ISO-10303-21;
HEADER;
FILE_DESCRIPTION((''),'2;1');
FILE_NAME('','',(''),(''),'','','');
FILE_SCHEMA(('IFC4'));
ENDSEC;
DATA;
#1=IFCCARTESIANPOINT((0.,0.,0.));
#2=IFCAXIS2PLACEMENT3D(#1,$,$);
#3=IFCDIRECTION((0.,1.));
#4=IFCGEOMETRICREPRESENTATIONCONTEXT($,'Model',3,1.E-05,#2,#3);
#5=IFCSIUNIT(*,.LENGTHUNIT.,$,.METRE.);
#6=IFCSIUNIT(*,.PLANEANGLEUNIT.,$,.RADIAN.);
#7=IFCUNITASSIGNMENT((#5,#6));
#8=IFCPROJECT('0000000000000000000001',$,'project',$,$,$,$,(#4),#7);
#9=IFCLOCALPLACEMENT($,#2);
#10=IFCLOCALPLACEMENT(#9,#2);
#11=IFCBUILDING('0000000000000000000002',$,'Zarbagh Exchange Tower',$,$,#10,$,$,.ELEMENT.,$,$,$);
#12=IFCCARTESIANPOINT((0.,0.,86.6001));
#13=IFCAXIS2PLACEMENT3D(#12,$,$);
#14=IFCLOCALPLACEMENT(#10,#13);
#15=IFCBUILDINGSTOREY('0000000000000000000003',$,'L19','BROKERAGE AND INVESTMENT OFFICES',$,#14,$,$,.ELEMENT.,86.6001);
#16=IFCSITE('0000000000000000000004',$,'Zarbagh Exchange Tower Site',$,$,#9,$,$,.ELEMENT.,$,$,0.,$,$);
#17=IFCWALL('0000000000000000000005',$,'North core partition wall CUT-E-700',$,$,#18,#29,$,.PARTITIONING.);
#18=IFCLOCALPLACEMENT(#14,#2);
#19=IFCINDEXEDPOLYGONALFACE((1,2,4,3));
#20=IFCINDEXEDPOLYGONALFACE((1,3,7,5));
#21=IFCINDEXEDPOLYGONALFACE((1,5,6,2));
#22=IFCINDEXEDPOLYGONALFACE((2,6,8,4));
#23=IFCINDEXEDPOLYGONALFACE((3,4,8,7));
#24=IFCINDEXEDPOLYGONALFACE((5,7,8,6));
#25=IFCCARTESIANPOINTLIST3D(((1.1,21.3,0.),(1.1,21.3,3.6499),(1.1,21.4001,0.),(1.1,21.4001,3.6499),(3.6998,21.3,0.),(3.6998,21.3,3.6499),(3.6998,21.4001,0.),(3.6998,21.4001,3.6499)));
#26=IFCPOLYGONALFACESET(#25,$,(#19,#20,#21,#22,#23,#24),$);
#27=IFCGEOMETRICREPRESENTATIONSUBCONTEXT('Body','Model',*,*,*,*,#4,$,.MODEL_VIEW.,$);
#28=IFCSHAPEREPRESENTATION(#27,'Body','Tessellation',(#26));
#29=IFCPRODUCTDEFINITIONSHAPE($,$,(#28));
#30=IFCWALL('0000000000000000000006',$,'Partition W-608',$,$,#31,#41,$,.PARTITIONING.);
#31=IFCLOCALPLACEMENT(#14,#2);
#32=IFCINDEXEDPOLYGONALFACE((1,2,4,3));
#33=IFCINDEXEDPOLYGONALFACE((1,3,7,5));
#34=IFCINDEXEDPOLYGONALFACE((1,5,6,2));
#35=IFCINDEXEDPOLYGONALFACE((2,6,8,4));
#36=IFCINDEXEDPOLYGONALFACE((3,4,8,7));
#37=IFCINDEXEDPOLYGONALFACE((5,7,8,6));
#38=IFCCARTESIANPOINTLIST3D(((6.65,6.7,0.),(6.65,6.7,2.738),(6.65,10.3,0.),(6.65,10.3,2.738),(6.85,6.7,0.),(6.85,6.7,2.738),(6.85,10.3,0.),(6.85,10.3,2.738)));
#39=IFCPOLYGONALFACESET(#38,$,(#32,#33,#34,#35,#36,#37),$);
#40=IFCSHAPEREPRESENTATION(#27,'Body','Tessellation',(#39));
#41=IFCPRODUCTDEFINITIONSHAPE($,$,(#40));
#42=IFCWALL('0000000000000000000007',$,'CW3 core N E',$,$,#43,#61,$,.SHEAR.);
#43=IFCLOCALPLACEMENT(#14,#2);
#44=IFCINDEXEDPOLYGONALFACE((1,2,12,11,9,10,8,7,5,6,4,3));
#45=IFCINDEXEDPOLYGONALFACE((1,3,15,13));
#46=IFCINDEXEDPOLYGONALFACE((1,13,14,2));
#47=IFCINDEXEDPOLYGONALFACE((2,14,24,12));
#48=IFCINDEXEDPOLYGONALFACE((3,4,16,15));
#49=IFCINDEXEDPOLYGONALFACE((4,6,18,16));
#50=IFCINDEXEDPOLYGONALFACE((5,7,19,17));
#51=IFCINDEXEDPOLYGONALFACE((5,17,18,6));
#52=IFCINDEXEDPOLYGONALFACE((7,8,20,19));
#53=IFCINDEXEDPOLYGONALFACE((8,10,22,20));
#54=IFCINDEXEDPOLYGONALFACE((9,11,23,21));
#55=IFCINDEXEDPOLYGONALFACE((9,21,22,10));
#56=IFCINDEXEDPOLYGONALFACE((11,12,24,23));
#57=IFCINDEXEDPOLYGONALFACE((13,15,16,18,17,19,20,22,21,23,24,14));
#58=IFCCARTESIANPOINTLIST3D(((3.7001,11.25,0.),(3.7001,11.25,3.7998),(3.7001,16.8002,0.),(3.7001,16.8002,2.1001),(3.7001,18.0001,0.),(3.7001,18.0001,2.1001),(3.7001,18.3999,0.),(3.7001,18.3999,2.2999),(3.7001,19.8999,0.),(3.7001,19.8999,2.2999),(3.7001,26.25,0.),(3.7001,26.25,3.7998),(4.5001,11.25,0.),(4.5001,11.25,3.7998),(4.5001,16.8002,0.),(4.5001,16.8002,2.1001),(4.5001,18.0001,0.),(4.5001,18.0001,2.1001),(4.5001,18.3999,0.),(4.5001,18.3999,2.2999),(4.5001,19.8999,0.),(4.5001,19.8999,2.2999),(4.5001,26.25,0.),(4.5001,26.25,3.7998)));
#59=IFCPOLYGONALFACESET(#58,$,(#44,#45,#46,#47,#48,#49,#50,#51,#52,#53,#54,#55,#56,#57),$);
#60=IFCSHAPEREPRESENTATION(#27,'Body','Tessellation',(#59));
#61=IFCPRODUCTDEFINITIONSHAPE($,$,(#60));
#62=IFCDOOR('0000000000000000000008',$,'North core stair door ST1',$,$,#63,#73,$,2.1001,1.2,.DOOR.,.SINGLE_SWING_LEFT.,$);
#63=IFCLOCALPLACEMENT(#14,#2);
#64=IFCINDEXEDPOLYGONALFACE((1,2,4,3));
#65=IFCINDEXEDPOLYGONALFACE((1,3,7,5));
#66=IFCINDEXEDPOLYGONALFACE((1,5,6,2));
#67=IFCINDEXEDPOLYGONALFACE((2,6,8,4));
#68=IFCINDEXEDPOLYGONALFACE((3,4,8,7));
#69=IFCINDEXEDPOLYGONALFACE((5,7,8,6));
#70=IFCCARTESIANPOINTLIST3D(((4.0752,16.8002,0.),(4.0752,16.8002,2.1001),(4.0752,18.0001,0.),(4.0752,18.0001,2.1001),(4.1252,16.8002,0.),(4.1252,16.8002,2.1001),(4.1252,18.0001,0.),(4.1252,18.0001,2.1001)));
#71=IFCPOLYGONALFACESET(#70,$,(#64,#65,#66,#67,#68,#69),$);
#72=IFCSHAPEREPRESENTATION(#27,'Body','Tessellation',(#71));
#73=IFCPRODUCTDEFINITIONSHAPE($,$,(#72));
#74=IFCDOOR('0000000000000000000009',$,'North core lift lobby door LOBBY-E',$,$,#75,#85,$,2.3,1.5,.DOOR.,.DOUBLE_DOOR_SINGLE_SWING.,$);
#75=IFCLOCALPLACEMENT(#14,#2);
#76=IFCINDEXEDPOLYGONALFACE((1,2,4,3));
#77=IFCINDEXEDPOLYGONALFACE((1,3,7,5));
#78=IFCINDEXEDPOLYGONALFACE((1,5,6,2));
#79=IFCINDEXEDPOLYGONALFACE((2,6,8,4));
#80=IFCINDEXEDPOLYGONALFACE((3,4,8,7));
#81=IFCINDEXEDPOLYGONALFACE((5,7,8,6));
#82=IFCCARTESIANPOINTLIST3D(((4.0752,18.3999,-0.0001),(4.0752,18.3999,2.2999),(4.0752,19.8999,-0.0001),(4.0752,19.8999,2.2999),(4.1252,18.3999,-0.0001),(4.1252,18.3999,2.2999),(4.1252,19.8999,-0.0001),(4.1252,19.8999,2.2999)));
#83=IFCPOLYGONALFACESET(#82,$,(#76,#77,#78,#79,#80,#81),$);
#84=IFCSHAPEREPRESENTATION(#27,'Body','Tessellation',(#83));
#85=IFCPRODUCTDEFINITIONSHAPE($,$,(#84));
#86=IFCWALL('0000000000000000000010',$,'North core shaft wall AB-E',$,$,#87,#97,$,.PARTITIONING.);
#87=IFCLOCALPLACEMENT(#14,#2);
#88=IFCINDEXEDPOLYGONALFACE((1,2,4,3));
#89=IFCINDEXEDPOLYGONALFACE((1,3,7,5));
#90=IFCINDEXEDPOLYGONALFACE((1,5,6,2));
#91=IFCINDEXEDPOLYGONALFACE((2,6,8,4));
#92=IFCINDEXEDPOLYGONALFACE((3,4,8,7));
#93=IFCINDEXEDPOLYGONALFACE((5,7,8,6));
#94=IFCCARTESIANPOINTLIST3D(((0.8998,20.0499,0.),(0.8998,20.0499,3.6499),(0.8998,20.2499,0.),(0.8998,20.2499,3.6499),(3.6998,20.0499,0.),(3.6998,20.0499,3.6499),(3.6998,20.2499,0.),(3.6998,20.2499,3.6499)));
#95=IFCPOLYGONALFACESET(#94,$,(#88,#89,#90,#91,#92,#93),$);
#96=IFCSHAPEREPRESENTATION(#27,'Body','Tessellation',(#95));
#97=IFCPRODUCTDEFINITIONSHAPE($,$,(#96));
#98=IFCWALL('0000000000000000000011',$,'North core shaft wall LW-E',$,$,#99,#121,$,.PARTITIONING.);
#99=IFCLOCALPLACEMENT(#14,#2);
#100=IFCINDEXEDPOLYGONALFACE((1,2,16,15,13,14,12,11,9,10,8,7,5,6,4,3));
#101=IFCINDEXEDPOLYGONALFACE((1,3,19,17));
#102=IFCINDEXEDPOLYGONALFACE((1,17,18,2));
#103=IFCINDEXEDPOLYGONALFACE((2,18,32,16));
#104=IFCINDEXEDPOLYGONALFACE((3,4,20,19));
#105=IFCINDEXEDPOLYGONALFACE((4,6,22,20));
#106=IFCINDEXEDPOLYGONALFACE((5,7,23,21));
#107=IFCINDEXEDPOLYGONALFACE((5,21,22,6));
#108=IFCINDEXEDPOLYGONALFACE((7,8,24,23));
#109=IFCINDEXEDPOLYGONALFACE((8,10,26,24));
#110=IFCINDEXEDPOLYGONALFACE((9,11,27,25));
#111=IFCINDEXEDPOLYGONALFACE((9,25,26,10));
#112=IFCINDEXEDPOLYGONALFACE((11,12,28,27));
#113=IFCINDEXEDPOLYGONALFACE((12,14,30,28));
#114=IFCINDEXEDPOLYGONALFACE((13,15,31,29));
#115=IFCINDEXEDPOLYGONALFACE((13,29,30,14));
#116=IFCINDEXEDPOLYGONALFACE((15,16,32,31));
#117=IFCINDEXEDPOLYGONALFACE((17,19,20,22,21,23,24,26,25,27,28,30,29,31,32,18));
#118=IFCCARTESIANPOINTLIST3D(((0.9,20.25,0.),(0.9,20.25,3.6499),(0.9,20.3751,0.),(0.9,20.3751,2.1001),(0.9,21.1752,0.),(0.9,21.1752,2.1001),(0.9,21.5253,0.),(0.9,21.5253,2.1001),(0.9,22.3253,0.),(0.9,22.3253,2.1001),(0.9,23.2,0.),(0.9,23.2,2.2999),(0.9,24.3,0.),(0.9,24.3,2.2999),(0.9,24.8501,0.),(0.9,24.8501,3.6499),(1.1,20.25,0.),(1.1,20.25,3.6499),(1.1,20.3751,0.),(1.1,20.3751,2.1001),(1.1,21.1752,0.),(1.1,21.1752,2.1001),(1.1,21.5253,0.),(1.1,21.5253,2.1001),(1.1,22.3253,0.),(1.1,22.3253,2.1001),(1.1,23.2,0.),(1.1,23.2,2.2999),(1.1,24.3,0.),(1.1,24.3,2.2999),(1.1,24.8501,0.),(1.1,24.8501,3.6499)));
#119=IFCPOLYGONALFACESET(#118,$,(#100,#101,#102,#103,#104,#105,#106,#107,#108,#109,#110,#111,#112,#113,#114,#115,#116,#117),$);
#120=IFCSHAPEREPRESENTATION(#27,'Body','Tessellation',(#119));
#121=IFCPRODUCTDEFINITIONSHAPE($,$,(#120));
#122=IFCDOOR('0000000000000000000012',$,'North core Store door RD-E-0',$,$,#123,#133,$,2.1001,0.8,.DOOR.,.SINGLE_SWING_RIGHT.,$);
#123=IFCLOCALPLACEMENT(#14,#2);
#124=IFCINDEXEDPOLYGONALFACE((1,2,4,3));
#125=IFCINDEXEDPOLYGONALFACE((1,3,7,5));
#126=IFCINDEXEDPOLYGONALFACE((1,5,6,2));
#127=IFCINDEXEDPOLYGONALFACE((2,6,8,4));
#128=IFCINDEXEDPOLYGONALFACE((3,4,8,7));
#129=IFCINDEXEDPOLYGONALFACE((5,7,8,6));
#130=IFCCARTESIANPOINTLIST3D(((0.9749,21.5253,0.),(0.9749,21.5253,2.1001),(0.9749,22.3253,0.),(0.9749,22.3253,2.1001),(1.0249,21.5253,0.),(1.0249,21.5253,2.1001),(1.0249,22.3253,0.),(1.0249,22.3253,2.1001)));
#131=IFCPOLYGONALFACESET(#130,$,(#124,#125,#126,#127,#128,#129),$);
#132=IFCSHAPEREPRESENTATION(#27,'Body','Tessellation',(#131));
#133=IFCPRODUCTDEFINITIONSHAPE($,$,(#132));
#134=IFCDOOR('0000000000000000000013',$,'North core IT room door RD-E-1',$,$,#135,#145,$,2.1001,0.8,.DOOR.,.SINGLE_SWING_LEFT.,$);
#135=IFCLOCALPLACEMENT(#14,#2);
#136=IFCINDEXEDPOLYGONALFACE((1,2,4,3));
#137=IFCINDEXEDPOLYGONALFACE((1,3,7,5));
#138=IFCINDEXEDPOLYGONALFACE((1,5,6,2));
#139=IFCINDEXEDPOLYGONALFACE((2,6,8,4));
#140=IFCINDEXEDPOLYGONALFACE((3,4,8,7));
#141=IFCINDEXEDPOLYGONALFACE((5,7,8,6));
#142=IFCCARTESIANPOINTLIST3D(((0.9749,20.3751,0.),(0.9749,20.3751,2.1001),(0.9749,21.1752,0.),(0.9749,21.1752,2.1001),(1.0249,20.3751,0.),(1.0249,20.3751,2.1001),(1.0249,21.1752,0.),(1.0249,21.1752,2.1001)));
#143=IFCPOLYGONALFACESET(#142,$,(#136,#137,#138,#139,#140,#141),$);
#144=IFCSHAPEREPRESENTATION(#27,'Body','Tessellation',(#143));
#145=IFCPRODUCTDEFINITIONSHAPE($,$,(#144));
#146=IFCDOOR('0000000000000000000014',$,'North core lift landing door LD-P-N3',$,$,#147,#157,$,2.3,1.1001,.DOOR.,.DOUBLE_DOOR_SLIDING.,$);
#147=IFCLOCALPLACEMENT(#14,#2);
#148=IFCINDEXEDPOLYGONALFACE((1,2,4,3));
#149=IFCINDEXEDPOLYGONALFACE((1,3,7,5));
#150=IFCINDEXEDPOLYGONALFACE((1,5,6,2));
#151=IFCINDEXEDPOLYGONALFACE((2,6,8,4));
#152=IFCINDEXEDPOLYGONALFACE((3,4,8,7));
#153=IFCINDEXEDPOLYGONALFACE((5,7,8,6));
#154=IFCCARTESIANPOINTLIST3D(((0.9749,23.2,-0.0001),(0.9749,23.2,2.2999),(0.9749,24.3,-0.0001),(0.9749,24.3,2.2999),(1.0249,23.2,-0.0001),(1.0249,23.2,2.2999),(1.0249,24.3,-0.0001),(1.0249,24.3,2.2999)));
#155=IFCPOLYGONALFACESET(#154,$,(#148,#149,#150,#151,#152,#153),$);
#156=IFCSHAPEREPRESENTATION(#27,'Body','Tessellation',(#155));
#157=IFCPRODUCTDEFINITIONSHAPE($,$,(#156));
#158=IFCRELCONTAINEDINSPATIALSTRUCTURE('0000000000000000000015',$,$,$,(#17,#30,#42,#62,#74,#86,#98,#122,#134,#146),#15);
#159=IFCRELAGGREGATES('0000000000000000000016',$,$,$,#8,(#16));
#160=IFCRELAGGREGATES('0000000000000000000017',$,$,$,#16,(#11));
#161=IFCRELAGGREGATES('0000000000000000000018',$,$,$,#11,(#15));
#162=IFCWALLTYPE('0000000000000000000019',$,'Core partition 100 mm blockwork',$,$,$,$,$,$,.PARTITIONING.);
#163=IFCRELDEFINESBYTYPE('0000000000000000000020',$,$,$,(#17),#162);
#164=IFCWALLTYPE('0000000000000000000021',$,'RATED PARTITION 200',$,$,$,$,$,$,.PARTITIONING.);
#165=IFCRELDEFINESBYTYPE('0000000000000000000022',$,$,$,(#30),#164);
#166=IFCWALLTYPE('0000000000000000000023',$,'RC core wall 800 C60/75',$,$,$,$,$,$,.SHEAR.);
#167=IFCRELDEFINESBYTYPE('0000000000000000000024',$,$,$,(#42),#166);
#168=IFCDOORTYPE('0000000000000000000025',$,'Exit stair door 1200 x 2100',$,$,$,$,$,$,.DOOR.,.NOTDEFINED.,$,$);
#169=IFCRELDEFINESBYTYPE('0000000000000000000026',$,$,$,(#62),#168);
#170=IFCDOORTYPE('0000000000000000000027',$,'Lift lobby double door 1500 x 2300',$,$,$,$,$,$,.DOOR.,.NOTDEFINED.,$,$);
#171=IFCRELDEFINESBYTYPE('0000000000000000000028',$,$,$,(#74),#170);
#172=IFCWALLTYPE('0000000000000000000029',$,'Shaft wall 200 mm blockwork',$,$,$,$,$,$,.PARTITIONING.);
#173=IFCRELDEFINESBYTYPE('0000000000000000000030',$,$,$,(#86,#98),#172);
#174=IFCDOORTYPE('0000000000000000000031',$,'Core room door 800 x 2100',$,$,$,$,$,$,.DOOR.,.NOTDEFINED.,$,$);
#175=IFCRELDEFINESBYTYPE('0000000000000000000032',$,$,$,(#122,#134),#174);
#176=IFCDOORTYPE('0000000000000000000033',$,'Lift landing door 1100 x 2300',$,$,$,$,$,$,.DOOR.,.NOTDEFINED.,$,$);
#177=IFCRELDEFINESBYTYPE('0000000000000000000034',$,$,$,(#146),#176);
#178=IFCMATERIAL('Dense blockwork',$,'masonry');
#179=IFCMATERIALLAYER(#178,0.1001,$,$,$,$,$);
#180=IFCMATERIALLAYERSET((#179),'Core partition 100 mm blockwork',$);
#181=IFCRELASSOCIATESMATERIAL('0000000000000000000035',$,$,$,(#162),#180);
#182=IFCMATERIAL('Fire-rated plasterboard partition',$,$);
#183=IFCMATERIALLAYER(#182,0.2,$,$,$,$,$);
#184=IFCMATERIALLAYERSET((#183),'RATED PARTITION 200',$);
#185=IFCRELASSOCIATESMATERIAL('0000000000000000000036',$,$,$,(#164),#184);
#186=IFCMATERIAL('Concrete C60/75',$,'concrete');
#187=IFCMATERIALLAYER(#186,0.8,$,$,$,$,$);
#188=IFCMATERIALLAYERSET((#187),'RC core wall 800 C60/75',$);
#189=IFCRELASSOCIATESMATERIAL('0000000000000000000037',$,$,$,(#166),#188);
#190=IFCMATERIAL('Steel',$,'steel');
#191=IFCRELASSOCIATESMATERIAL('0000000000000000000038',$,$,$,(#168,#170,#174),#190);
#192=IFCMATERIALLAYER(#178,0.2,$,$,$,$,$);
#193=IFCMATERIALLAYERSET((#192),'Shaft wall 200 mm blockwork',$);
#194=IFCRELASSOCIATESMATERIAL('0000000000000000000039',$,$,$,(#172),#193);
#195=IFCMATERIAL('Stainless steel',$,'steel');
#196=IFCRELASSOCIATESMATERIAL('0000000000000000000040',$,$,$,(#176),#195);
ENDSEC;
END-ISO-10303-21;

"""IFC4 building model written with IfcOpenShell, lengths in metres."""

from ifc_helpers import new_model, si_unit, direction, frame, frame_2d, origin, place, context, subcontext, project, spatial, rectangle, extrude, material, layer, layer_set, type_object, element, fill, save


model = new_model("IFC4")

# Units and contexts
model_context = context("Model", 3, precision=1e-05, world=origin(), true_north=direction((0.0, 1.0)))
body_context = subcontext(model_context, "Body", "Model", "MODEL_VIEW")
ifc_project = project(units=[si_unit("LENGTHUNIT", "METRE"), si_unit("PLANEANGLEUNIT", "RADIAN")], contexts=[model_context])

# Site, building, storey
site_placement = place(None, origin())
site = spatial("IfcSite", under=ifc_project, at=site_placement, Name="Zarbagh Exchange Tower Site", CompositionType="ELEMENT", RefElevation=0.0)
building_placement = place(site_placement, origin())
building = spatial("IfcBuilding", under=site, at=building_placement, Name="Zarbagh Exchange Tower", CompositionType="ELEMENT")
storey_placement = place(building_placement, frame((0.0, 0.0, 86.6001)))
storey = spatial("IfcBuildingStorey", under=building, at=storey_placement, Name="L19", Description="BROKERAGE AND INVESTMENT OFFICES", CompositionType="ELEMENT", Elevation=86.6001)

# Shared definitions
ifc_material_1 = material(Name="Concrete C60/75", Category="concrete")

# Walls
ifc_material_2 = material(Name="Dense blockwork", Category="masonry")
ifc_layer_1 = layer(ifc_material_2, 0.1001)
ifc_layer_set_1 = layer_set([ifc_layer_1], Name="Core partition 100 mm blockwork")
wall_type_1 = type_object("IfcWallType", Name="Core partition 100 mm blockwork", PredefinedType="PARTITIONING", material=ifc_layer_set_1)
wall_1_placement = place(storey_placement, frame((1.1001, 21.3501, 0.0), z_axis=(0.0, 0.0, 1.0), x_axis=(1.0, 0.0, 0.0)))
element("IfcWall", 1, at=wall_1_placement, inside=storey, type_object=wall_type_1, Name="North core partition wall CUT-E-700", PredefinedType="PARTITIONING", context=body_context, shape_type="SweptSolid", body=[
    extrude(rectangle(XDim=2.5999, YDim=0.1001, at=frame_2d((1.2998, 0.0))), origin(), (0.0, 0.0, 1.0), 3.6499),
])
ifc_material_3 = material(Name="Fire-rated plasterboard partition")
ifc_layer_2 = layer(ifc_material_3, 0.2)
ifc_layer_set_2 = layer_set([ifc_layer_2], Name="RATED PARTITION 200")
wall_type_2 = type_object("IfcWallType", Name="RATED PARTITION 200", PredefinedType="PARTITIONING", material=ifc_layer_set_2)
wall_2_placement = place(storey_placement, frame((6.75, 6.7, 0.0), z_axis=(0.0, 0.0, 1.0), x_axis=(0.0, 1.0, 0.0)))
element("IfcWall", 2, at=wall_2_placement, inside=storey, type_object=wall_type_2, Name="Partition W-608", PredefinedType="PARTITIONING", context=body_context, shape_type="SweptSolid", body=[
    extrude(rectangle(XDim=3.6001, YDim=0.2, at=frame_2d((1.8, 0.0))), origin(), (0.0, 0.0, 1.0), 2.738),
])

# Wall, openings, doors
ifc_layer_3 = layer(ifc_material_1, 0.8)
ifc_layer_set_3 = layer_set([ifc_layer_3], Name="RC core wall 800 C60/75")
wall_type_3 = type_object("IfcWallType", Name="RC core wall 800 C60/75", PredefinedType="SHEAR", material=ifc_layer_set_3)
wall_3_placement = place(storey_placement, frame((4.1001, 11.25, 0.0), z_axis=(0.0, 0.0, 1.0), x_axis=(0.0, 1.0, 0.0)))
wall_3 = element("IfcWall", 3, at=wall_3_placement, inside=storey, type_object=wall_type_3, Name="CW3 core N E", PredefinedType="SHEAR", context=body_context, shape_type="SweptSolid", body=[
    extrude(rectangle(XDim=15.0, YDim=0.8, at=frame_2d((7.5, 0.0))), origin(), (0.0, 0.0, 1.0), 3.7998),
])
opening_1_placement = place(wall_3_placement, frame((7.1499, 0.0, 0.0)))
opening_1 = element("IfcOpeningElement", 4, at=opening_1_placement, cuts=wall_3, PredefinedType="OPENING", context=body_context, shape_type="SweptSolid", body=[
    extrude(rectangle(XDim=1.5, YDim=2.3, at=frame_2d((0.75, 1.1499))), frame((0.0, 0.4099, 0.0), z_axis=(0.0, -1.0, 0.0), x_axis=(1.0, 0.0, 0.0)), (0.0, 0.0, 1.0), 0.8201),
])
opening_2_placement = place(wall_3_placement, frame((5.55, 0.0, 0.0)))
opening_2 = element("IfcOpeningElement", 5, at=opening_2_placement, cuts=wall_3, PredefinedType="OPENING", context=body_context, shape_type="SweptSolid", body=[
    extrude(rectangle(XDim=1.2, YDim=2.1001, at=frame_2d((0.6001, 1.05))), frame((0.0, 0.4099, 0.0), z_axis=(0.0, -1.0, 0.0), x_axis=(1.0, 0.0, 0.0)), (0.0, 0.0, 1.0), 0.8201),
])
ifc_material_4 = material(Name="Steel", Category="steel")
door_type_1 = type_object("IfcDoorType", Name="Exit stair door 1200 x 2100", OperationType="NOTDEFINED", PredefinedType="DOOR", material=ifc_material_4)
door_1_placement = place(opening_2_placement, origin())
door_1 = element("IfcDoor", 6, at=door_1_placement, inside=storey, type_object=door_type_1, Name="North core stair door ST1", OperationType="SINGLE_SWING_LEFT", OverallHeight=2.1001, OverallWidth=1.2, PredefinedType="DOOR", context=body_context, shape_type="SweptSolid", body=[
    extrude(rectangle(XDim=1.2, YDim=2.1001, at=frame_2d((0.6001, 1.05))), frame((0.0, 0.0249, 0.0), z_axis=(0.0, -1.0, 0.0), x_axis=(1.0, 0.0, 0.0)), (0.0, 0.0, 1.0), 0.05),
])
fill(opening_2, door_1)
door_type_2 = type_object("IfcDoorType", Name="Lift lobby double door 1500 x 2300", OperationType="NOTDEFINED", PredefinedType="DOOR", material=ifc_material_4)
door_2_placement = place(opening_1_placement, origin())
door_2 = element("IfcDoor", 7, at=door_2_placement, inside=storey, type_object=door_type_2, Name="North core lift lobby door LOBBY-E", OperationType="DOUBLE_DOOR_SINGLE_SWING", OverallHeight=2.3, OverallWidth=1.5, PredefinedType="DOOR", context=body_context, shape_type="SweptSolid", body=[
    extrude(rectangle(XDim=1.5, YDim=2.3, at=frame_2d((0.75, 1.1499))), frame((0.0, 0.0249, 0.0), z_axis=(0.0, -1.0, 0.0), x_axis=(1.0, 0.0, 0.0)), (0.0, 0.0, 1.0), 0.05),
])
fill(opening_1, door_2)

# Wall
ifc_layer_4 = layer(ifc_material_2, 0.2)
ifc_layer_set_4 = layer_set([ifc_layer_4], Name="Shaft wall 200 mm blockwork")
wall_type_4 = type_object("IfcWallType", Name="Shaft wall 200 mm blockwork", PredefinedType="PARTITIONING", material=ifc_layer_set_4)
wall_4_placement = place(storey_placement, frame((0.8999, 20.1499, 0.0), z_axis=(0.0, 0.0, 1.0), x_axis=(1.0, 0.0, 0.0)))
element("IfcWall", 8, at=wall_4_placement, inside=storey, type_object=wall_type_4, Name="North core shaft wall AB-E", PredefinedType="PARTITIONING", context=body_context, shape_type="SweptSolid", body=[
    extrude(rectangle(XDim=2.8, YDim=0.2, at=frame_2d((1.3999, 0.0))), origin(), (0.0, 0.0, 1.0), 3.6499),
])

# Wall, openings, doors
wall_5_placement = place(storey_placement, frame((1.0, 24.8501, 0.0), z_axis=(0.0, 0.0, 1.0), x_axis=(0.0, -1.0, 0.0)))
wall_5 = element("IfcWall", 9, at=wall_5_placement, inside=storey, type_object=wall_type_4, Name="North core shaft wall LW-E", PredefinedType="PARTITIONING", context=body_context, shape_type="SweptSolid", body=[
    extrude(rectangle(XDim=4.6001, YDim=0.2, at=frame_2d((2.3, 0.0))), origin(), (0.0, 0.0, 1.0), 3.6499),
])
opening_3_placement = place(wall_5_placement, frame((0.55, 0.0, 0.0)))
opening_3 = element("IfcOpeningElement", 10, at=opening_3_placement, cuts=wall_5, PredefinedType="OPENING", context=body_context, shape_type="SweptSolid", body=[
    extrude(rectangle(XDim=1.1001, YDim=2.3, at=frame_2d((0.55, 1.1499))), frame((0.0, 0.1099, 0.0), z_axis=(0.0, -1.0, 0.0), x_axis=(1.0, 0.0, 0.0)), (0.0, 0.0, 1.0), 0.22),
])
opening_4_placement = place(wall_5_placement, frame((2.5249, 0.0, 0.0)))
opening_4 = element("IfcOpeningElement", 11, at=opening_4_placement, cuts=wall_5, PredefinedType="OPENING", context=body_context, shape_type="SweptSolid", body=[
    extrude(rectangle(XDim=0.8, YDim=2.1001, at=frame_2d((0.3999, 1.05))), frame((0.0, 0.1099, 0.0), z_axis=(0.0, -1.0, 0.0), x_axis=(1.0, 0.0, 0.0)), (0.0, 0.0, 1.0), 0.22),
])
opening_5_placement = place(wall_5_placement, frame((3.675, 0.0, 0.0)))
opening_5 = element("IfcOpeningElement", 12, at=opening_5_placement, cuts=wall_5, PredefinedType="OPENING", context=body_context, shape_type="SweptSolid", body=[
    extrude(rectangle(XDim=0.8, YDim=2.1001, at=frame_2d((0.3999, 1.05))), frame((0.0, 0.1099, 0.0), z_axis=(0.0, -1.0, 0.0), x_axis=(1.0, 0.0, 0.0)), (0.0, 0.0, 1.0), 0.22),
])
door_type_3 = type_object("IfcDoorType", Name="Core room door 800 x 2100", OperationType="NOTDEFINED", PredefinedType="DOOR", material=ifc_material_4)
door_3_placement = place(opening_4_placement, origin())
door_3 = element("IfcDoor", 13, at=door_3_placement, inside=storey, type_object=door_type_3, Name="North core Store door RD-E-0", OperationType="SINGLE_SWING_RIGHT", OverallHeight=2.1001, OverallWidth=0.8, PredefinedType="DOOR", context=body_context, shape_type="SweptSolid", body=[
    extrude(rectangle(XDim=0.8, YDim=2.1001, at=frame_2d((0.3999, 1.05))), frame((0.0, 0.0249, 0.0), z_axis=(0.0, -1.0, 0.0), x_axis=(1.0, 0.0, 0.0)), (0.0, 0.0, 1.0), 0.05),
])
fill(opening_4, door_3)
door_4_placement = place(opening_5_placement, origin())
door_4 = element("IfcDoor", 14, at=door_4_placement, inside=storey, type_object=door_type_3, Name="North core IT room door RD-E-1", OperationType="SINGLE_SWING_LEFT", OverallHeight=2.1001, OverallWidth=0.8, PredefinedType="DOOR", context=body_context, shape_type="SweptSolid", body=[
    extrude(rectangle(XDim=0.8, YDim=2.1001, at=frame_2d((0.3999, 1.05))), frame((0.0, 0.0249, 0.0), z_axis=(0.0, -1.0, 0.0), x_axis=(1.0, 0.0, 0.0)), (0.0, 0.0, 1.0), 0.05),
])
fill(opening_5, door_4)
ifc_material_5 = material(Name="Stainless steel", Category="steel")
door_type_4 = type_object("IfcDoorType", Name="Lift landing door 1100 x 2300", OperationType="NOTDEFINED", PredefinedType="DOOR", material=ifc_material_5)
door_5_placement = place(opening_3_placement, origin())
door_5 = element("IfcDoor", 15, at=door_5_placement, inside=storey, type_object=door_type_4, Name="North core lift landing door LD-P-N3", OperationType="DOUBLE_DOOR_SLIDING", OverallHeight=2.3, OverallWidth=1.1001, PredefinedType="DOOR", context=body_context, shape_type="SweptSolid", body=[
    extrude(rectangle(XDim=1.1001, YDim=2.3, at=frame_2d((0.55, 1.1499))), frame((0.0, 0.0249, 0.0), z_axis=(0.0, -1.0, 0.0), x_axis=(1.0, 0.0, 0.0)), (0.0, 0.0, 1.0), 0.05),
])
fill(opening_3, door_5)

save(model, "model.ifc")
